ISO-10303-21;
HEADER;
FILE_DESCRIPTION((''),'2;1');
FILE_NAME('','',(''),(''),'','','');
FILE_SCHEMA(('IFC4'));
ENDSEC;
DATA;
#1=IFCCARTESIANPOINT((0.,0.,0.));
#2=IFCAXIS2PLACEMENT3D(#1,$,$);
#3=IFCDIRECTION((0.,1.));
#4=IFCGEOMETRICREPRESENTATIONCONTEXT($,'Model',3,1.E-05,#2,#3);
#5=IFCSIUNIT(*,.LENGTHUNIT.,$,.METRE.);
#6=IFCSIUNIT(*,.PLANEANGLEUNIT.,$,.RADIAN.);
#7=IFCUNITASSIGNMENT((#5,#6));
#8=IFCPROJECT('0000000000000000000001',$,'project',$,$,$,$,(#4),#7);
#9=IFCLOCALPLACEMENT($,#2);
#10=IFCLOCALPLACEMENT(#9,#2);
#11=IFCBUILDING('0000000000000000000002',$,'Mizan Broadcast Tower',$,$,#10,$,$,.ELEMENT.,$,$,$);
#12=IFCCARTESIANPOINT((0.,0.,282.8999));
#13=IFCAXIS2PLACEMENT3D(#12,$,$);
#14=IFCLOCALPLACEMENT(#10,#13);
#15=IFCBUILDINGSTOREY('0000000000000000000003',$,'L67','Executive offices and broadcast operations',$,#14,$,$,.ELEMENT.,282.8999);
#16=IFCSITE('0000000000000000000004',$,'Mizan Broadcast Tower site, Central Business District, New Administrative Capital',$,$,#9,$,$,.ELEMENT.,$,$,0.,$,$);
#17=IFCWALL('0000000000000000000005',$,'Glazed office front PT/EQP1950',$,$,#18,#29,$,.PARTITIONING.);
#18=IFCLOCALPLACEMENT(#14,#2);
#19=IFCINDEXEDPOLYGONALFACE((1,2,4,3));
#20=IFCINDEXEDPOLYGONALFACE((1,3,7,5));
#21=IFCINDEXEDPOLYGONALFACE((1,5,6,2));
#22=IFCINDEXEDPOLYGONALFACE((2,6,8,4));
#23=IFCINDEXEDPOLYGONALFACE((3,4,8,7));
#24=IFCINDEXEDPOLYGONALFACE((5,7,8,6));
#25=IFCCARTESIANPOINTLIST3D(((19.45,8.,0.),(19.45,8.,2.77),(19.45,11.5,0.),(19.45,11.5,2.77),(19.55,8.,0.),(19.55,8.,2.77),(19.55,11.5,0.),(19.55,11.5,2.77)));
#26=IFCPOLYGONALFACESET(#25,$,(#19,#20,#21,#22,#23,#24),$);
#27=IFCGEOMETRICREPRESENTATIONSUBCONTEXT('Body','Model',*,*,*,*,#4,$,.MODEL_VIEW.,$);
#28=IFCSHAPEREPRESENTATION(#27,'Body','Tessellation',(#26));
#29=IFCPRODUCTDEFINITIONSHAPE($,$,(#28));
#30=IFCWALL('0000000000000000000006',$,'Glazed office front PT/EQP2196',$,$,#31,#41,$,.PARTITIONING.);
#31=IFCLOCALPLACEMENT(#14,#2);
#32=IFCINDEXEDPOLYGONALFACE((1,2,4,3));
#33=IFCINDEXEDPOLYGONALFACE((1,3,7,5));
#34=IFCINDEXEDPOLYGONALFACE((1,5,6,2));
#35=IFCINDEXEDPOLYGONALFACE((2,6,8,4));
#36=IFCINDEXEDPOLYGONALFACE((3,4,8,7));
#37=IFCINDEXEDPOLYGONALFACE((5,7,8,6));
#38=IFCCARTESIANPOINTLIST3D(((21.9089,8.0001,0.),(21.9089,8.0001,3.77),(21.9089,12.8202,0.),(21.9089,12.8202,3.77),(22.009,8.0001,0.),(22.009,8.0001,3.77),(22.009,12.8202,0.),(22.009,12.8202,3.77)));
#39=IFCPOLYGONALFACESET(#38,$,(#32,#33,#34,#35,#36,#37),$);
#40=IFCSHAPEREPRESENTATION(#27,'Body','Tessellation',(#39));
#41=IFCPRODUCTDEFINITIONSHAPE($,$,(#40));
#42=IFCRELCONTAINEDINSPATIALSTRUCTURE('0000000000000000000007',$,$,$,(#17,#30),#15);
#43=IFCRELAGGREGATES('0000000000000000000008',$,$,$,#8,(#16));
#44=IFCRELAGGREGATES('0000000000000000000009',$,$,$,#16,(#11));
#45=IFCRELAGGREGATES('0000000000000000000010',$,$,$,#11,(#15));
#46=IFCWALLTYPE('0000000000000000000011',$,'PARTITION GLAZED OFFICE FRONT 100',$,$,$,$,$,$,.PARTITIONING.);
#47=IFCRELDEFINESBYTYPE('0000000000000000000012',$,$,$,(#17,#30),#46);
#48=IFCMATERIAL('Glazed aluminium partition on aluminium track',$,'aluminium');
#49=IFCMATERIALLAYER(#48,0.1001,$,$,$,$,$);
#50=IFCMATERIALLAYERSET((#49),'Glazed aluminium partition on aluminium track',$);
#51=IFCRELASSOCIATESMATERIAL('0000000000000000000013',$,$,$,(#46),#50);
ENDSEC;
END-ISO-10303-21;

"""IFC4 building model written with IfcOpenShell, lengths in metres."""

from ifc_helpers import new_model, si_unit, direction, frame, frame_2d, origin, place, context, subcontext, project, spatial, rectangle, extrude, material, layer, layer_set, type_object, element, save


model = new_model("IFC4")

# Units and contexts
model_context = context("Model", 3, precision=1e-05, world=origin(), true_north=direction((0.0, 1.0)))
body_context = subcontext(model_context, "Body", "Model", "MODEL_VIEW")
ifc_project = project(units=[si_unit("LENGTHUNIT", "METRE"), si_unit("PLANEANGLEUNIT", "RADIAN")], contexts=[model_context])

# Site, building, storey
site_placement = place(None, origin())
site = spatial("IfcSite", under=ifc_project, at=site_placement, Name="Mizan Broadcast Tower site, Central Business District, New Administrative Capital", CompositionType="ELEMENT", RefElevation=0.0)
building_placement = place(site_placement, origin())
building = spatial("IfcBuilding", under=site, at=building_placement, Name="Mizan Broadcast Tower", CompositionType="ELEMENT")
storey_placement = place(building_placement, frame((0.0, 0.0, 282.8999)))
storey = spatial("IfcBuildingStorey", under=building, at=storey_placement, Name="L67", Description="Executive offices and broadcast operations", CompositionType="ELEMENT", Elevation=282.8999)

# Shared definitions
ifc_material_1 = material(Name="Glazed aluminium partition on aluminium track", Category="aluminium")
ifc_layer_1 = layer(ifc_material_1, 0.1001)
ifc_layer_set_1 = layer_set([ifc_layer_1], Name="Glazed aluminium partition on aluminium track")
wall_type = type_object("IfcWallType", Name="PARTITION GLAZED OFFICE FRONT 100", PredefinedType="PARTITIONING", material=ifc_layer_set_1)

# Walls
wall_1_placement = place(storey_placement, frame((19.5, 8.0, 0.0), z_axis=(0.0, 0.0, 1.0), x_axis=(0.0, 1.0, 0.0)))
element("IfcWall", 1, at=wall_1_placement, inside=storey, type_object=wall_type, Name="Glazed office front PT/EQP1950", PredefinedType="PARTITIONING", context=body_context, shape_type="SweptSolid", body=[
    extrude(rectangle(XDim=3.5, YDim=0.1001, at=frame_2d((1.75, 0.0))), origin(), (0.0, 0.0, 1.0), 2.77),
])
wall_2_placement = place(storey_placement, frame((21.959, 8.0, 0.0), z_axis=(0.0, 0.0, 1.0), x_axis=(0.0, 1.0, 0.0)))
element("IfcWall", 2, at=wall_2_placement, inside=storey, type_object=wall_type, Name="Glazed office front PT/EQP2196", PredefinedType="PARTITIONING", context=body_context, shape_type="SweptSolid", body=[
    extrude(rectangle(XDim=4.8201, YDim=0.1001, at=frame_2d((2.4102, 0.0))), origin(), (0.0, 0.0, 1.0), 3.77),
])

save(model, "model.ifc")
